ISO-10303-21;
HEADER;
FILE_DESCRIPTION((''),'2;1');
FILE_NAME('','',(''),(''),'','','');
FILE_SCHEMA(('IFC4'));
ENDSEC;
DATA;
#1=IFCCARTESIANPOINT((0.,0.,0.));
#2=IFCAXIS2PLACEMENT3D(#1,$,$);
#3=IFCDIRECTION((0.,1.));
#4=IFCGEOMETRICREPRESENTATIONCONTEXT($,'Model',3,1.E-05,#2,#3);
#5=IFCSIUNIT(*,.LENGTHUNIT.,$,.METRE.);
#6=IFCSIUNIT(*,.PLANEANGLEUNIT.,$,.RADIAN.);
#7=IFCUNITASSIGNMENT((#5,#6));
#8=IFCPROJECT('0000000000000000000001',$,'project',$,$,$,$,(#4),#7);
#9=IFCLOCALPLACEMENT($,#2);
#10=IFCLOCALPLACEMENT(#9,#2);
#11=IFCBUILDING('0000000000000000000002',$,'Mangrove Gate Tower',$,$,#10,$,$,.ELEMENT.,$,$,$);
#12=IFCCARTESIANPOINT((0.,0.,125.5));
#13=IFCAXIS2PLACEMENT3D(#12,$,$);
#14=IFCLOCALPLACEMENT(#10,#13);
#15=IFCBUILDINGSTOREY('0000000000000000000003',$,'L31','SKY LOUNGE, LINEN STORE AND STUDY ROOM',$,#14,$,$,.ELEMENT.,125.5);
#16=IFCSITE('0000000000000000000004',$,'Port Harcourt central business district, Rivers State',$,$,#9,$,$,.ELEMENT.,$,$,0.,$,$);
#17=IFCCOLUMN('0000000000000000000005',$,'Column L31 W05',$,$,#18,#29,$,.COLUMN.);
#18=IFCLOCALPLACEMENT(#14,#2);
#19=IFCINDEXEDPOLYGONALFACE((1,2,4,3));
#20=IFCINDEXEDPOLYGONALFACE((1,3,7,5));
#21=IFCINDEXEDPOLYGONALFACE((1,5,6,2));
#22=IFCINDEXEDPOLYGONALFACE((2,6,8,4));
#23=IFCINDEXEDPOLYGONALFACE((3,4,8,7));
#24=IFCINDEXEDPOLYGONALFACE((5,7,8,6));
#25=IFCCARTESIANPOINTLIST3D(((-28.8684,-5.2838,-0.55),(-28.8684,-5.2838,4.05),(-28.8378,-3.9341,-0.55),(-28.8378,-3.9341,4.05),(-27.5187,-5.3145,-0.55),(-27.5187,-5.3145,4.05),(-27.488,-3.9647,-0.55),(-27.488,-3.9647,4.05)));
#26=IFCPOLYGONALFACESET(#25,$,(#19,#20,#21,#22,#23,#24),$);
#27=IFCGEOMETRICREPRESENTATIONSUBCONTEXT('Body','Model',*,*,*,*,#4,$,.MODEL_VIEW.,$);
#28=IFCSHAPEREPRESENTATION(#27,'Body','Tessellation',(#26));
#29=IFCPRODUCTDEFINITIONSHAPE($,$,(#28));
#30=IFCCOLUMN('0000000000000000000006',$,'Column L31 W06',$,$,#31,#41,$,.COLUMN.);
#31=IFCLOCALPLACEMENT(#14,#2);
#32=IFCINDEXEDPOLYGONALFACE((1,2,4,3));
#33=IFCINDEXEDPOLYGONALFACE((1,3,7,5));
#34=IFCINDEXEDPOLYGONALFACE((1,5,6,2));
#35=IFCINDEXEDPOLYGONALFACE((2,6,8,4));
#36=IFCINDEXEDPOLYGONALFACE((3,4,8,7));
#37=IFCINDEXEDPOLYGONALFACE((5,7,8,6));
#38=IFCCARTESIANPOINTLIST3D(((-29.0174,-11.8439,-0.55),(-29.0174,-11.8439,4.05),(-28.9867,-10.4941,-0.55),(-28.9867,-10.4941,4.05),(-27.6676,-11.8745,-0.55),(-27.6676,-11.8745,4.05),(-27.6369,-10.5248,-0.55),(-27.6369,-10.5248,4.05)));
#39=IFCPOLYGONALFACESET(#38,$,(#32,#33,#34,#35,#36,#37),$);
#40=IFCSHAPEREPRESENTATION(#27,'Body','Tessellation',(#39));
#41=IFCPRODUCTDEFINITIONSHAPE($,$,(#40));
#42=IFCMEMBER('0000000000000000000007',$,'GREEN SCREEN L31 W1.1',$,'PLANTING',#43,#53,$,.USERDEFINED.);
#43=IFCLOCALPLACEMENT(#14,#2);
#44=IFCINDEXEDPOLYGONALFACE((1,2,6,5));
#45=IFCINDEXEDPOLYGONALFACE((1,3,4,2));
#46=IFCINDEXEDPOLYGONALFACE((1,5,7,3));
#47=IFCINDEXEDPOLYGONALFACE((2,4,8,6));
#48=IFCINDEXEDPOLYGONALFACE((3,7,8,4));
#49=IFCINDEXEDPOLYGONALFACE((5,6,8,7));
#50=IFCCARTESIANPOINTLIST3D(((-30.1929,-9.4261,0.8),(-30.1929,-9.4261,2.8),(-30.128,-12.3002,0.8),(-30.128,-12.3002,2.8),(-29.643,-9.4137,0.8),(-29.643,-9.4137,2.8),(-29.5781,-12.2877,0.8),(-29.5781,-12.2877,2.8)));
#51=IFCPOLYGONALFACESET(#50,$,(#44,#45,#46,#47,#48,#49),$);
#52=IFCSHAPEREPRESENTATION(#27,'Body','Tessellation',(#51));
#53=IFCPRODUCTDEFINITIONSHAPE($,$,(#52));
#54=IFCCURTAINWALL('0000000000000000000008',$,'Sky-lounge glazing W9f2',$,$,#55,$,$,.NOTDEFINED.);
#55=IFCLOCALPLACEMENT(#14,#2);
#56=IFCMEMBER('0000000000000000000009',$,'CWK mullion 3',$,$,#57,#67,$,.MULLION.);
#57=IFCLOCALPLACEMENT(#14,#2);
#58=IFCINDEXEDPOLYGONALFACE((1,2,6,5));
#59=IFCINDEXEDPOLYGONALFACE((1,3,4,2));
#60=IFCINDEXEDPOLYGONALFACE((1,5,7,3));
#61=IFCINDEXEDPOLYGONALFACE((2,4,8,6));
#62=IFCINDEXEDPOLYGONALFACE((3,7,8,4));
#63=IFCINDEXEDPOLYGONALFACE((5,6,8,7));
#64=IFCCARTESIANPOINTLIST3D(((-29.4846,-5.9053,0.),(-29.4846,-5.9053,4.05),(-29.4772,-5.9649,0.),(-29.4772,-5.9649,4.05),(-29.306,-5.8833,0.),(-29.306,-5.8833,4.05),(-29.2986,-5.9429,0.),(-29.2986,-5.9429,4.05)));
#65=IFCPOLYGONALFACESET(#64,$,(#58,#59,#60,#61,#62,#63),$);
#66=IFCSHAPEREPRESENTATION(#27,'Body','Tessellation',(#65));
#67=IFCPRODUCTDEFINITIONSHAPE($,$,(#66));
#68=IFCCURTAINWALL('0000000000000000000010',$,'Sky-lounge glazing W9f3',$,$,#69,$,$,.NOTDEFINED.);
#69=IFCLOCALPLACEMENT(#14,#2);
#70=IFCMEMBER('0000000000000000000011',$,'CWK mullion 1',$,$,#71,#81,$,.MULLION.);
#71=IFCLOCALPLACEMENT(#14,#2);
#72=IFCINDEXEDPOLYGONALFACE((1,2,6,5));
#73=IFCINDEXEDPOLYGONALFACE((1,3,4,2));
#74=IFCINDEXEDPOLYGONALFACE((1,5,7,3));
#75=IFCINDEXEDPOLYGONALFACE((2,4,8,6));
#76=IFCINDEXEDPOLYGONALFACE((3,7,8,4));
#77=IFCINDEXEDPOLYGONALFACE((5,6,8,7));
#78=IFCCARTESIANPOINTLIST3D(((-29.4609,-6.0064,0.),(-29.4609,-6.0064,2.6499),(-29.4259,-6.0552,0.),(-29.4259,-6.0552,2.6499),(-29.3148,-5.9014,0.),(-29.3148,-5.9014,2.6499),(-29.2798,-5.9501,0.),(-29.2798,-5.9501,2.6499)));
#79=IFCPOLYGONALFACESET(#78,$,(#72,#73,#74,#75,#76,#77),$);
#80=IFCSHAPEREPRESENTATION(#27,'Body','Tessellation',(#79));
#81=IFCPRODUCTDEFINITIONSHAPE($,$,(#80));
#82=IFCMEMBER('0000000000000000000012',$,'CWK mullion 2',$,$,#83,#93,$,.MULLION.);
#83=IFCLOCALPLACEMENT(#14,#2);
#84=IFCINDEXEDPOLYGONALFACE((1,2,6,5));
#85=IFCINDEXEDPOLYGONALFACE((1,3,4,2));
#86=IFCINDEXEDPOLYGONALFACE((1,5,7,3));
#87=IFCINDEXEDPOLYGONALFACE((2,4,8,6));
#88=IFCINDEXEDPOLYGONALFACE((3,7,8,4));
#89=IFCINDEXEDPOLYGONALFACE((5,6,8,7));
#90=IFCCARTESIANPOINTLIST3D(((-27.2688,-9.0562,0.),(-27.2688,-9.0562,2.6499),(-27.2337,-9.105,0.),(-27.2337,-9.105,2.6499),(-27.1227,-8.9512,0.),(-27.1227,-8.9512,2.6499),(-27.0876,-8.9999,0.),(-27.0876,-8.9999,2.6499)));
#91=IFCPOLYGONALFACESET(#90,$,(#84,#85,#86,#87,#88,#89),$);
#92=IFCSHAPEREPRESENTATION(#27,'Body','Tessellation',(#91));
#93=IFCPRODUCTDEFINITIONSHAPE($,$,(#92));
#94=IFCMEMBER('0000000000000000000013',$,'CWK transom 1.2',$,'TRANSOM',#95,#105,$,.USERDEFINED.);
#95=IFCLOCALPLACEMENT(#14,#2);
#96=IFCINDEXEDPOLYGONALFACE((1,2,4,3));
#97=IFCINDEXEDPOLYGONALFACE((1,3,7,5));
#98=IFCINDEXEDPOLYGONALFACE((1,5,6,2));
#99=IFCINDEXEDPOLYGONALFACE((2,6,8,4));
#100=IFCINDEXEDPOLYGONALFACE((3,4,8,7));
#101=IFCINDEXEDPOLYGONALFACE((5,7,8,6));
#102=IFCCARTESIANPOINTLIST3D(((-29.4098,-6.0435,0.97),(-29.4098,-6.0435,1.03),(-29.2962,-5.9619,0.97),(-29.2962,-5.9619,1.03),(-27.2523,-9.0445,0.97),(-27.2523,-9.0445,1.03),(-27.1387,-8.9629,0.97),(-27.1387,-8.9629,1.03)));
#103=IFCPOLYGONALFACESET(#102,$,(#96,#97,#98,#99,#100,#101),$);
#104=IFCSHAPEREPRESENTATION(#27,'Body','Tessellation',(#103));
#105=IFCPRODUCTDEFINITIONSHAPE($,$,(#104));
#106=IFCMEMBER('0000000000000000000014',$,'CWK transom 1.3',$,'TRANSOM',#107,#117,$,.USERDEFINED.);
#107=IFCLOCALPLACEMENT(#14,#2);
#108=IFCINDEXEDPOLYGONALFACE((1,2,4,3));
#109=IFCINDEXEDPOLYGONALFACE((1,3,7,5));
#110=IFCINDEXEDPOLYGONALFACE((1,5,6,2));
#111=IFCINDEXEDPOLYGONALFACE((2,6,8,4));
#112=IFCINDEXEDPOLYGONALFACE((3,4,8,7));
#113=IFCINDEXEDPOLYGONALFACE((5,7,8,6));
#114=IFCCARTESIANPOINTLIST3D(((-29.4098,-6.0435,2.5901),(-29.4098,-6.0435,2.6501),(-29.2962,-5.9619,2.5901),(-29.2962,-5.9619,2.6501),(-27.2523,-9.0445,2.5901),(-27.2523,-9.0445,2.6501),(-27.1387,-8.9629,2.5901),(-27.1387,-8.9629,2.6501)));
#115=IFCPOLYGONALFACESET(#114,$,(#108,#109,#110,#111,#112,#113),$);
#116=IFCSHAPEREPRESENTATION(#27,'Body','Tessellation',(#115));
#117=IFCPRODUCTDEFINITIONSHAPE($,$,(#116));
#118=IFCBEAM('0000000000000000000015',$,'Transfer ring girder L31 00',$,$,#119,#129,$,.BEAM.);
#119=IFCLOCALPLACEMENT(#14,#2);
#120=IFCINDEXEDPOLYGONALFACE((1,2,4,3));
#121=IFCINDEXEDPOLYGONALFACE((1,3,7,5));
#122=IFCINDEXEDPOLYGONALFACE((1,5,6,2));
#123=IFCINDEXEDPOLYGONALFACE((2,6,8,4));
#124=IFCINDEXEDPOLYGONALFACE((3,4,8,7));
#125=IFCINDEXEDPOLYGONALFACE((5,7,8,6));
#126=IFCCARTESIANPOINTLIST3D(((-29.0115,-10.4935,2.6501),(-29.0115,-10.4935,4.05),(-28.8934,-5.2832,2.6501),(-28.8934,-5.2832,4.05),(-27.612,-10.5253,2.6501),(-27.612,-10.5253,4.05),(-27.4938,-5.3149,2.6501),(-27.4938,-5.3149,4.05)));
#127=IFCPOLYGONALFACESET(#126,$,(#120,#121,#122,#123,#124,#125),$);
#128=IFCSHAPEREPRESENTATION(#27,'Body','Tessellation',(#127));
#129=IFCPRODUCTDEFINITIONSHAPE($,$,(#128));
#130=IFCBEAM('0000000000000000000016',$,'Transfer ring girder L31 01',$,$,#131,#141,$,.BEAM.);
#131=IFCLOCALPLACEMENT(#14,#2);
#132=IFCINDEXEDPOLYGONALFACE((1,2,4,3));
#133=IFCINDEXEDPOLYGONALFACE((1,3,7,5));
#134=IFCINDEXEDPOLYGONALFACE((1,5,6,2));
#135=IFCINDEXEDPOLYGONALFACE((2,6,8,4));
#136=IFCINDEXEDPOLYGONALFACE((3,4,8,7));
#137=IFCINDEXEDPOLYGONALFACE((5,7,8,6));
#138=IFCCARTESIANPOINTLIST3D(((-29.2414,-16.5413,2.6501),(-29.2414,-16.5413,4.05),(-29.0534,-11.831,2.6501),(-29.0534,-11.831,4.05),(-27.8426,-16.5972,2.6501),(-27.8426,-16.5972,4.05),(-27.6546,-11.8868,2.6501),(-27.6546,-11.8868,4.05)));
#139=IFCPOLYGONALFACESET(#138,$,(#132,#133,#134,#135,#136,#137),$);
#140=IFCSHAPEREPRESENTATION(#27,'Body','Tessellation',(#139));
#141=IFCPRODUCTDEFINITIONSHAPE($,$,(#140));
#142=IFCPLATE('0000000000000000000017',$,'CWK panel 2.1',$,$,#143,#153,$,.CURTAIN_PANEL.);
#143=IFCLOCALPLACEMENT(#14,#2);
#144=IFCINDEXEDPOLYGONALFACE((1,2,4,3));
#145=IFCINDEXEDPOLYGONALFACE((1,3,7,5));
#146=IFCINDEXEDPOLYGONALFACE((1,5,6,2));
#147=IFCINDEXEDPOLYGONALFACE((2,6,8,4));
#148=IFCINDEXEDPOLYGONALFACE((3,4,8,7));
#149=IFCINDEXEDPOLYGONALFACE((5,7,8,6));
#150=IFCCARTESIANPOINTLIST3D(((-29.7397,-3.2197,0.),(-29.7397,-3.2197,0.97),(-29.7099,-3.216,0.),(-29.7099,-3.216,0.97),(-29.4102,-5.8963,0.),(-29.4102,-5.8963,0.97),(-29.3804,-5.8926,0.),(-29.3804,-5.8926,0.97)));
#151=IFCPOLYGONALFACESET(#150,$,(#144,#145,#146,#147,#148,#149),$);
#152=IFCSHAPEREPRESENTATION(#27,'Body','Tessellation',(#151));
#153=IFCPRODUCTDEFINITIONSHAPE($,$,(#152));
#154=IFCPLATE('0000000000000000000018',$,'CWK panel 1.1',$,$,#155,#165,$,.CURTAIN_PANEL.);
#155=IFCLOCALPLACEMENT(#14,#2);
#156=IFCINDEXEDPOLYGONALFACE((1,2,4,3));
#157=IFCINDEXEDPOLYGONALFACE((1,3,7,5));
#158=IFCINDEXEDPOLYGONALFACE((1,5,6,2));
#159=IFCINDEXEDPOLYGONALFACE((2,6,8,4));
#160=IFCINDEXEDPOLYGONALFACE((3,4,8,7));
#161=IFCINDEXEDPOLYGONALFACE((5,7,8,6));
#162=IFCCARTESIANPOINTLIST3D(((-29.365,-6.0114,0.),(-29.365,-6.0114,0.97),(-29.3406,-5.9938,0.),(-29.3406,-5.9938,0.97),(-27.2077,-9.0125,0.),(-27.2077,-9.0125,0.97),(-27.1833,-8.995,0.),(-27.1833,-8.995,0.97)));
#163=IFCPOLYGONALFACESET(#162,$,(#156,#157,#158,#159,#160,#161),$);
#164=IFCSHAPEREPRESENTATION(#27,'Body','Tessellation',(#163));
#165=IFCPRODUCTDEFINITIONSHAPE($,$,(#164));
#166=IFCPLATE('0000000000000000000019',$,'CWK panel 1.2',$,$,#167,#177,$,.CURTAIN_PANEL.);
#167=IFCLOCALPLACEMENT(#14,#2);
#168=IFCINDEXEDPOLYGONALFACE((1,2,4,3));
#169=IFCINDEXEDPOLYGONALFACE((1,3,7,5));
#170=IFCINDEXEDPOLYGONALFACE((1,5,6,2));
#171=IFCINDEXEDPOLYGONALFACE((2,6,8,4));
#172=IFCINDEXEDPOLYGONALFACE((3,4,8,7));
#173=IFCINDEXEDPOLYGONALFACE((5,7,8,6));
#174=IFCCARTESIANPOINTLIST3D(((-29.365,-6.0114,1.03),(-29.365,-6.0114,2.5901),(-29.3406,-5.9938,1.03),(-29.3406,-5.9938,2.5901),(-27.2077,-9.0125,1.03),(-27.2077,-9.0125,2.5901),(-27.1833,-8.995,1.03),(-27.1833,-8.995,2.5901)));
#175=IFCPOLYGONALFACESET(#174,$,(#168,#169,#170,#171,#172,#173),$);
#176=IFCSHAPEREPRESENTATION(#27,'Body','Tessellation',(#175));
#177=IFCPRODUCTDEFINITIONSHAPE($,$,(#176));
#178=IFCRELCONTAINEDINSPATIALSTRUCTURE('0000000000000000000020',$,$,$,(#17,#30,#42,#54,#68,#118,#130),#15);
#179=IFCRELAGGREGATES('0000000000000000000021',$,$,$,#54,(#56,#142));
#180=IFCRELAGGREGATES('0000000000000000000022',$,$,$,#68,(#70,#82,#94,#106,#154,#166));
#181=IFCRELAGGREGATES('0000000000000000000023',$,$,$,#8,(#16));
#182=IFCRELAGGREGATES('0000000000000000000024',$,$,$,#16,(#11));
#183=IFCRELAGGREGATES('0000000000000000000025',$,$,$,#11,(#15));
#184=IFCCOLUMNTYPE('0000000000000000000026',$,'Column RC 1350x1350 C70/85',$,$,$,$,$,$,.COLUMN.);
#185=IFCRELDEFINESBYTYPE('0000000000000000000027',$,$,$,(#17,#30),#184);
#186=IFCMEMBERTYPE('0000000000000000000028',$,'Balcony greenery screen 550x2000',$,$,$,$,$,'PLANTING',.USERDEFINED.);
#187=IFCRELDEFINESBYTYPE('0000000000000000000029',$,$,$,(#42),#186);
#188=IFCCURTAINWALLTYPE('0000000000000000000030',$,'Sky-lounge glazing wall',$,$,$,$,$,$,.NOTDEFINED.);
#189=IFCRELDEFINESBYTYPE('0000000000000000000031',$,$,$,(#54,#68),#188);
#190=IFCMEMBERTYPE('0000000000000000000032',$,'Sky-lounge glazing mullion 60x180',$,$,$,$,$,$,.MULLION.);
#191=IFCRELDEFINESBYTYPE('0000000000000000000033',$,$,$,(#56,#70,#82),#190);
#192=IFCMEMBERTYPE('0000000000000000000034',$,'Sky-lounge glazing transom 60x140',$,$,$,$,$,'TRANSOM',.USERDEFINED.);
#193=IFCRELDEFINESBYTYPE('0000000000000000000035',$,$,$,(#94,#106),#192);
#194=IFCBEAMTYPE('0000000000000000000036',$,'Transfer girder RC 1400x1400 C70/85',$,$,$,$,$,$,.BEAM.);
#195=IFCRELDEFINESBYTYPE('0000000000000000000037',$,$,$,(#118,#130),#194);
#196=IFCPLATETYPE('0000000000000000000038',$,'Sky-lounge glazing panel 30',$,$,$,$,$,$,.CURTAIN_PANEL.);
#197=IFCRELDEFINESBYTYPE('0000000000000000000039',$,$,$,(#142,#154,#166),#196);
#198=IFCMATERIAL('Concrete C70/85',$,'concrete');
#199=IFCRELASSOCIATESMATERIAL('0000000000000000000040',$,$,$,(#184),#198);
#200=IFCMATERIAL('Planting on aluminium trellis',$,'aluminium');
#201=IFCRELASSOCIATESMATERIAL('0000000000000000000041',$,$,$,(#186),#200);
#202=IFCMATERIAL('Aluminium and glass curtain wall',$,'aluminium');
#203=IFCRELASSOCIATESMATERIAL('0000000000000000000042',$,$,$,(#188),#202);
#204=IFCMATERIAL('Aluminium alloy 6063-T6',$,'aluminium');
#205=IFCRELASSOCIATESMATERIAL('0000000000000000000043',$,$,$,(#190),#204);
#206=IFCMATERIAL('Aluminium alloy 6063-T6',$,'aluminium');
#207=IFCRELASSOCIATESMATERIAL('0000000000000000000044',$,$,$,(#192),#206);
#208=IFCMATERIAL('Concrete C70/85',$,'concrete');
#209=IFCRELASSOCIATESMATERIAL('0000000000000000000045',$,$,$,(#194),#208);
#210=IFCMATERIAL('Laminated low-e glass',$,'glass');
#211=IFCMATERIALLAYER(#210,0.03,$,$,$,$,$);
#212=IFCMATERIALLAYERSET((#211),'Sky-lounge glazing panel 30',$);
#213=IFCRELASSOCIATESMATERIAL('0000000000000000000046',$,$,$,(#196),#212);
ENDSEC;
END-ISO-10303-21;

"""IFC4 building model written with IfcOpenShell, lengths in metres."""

from ifc_helpers import new_model, si_unit, direction, frame, origin, origin_2d, place, context, subcontext, project, spatial, rectangle, extrude, material, layer, layer_set, material_profile, profile_set, type_object, element, aggregate, save


model = new_model("IFC4")

# Units and contexts
model_context = context("Model", 3, precision=1e-05, world=origin(), true_north=direction((0.0, 1.0)))
body_context = subcontext(model_context, "Body", "Model", "MODEL_VIEW")
ifc_project = project(units=[si_unit("LENGTHUNIT", "METRE"), si_unit("PLANEANGLEUNIT", "RADIAN")], contexts=[model_context])

# Site, building, storey
site_placement = place(None, origin())
site = spatial("IfcSite", under=ifc_project, at=site_placement, Name="Port Harcourt central business district, Rivers State", CompositionType="ELEMENT", RefElevation=0.0)
building_placement = place(site_placement, origin())
building = spatial("IfcBuilding", under=site, at=building_placement, Name="Mangrove Gate Tower", CompositionType="ELEMENT")
storey_placement = place(building_placement, frame((0.0, 0.0, 125.5)))
storey = spatial("IfcBuildingStorey", under=building, at=storey_placement, Name="L31", Description="SKY LOUNGE, LINEN STORE AND STUDY ROOM", CompositionType="ELEMENT", Elevation=125.5)

# Columns
ifc_material_1 = material(Name="Concrete C70/85", Category="concrete")
ifc_material_profile_1 = material_profile(ifc_material_1, rectangle(XDim=1.3501, YDim=1.3501, at=origin_2d()))
ifc_profile_set_1 = profile_set([ifc_material_profile_1], Name="Concrete C70/85")
column_type = type_object("IfcColumnType", Name="Column RC 1350x1350 C70/85", PredefinedType="COLUMN", material=ifc_profile_set_1)
for number, where, z_axis, x_axis, name in (
    (1, (-28.1782, -4.6243, -0.55), (0.0, 0.0, 1.0), (-0.022696, -0.999742, 0.0), "Column L31 W05"),
    (2, (-28.3271, -11.1843, -0.55), (0.0, 0.0, 1.0), (-0.022706, -0.999742, 0.0), "Column L31 W06"),
):
    element("IfcColumn", number, at=place(storey_placement, frame(where, z_axis=z_axis, x_axis=x_axis)), inside=storey, type_object=column_type, Name=name, PredefinedType="COLUMN", context=body_context, shape_type="SweptSolid", body=[
        extrude(rectangle(XDim=1.3501, YDim=1.3501, at=origin_2d()), origin(), (0.0, 0.0, 1.0), 4.6001),
    ])

# Member
ifc_material_2 = material(Name="Planting on aluminium trellis", Category="aluminium")
ifc_material_profile_2 = material_profile(ifc_material_2, rectangle(XDim=0.55, YDim=2.0, at=origin_2d()))
ifc_profile_set_2 = profile_set([ifc_material_profile_2], Name="Planting on aluminium trellis")
member_type_1 = type_object("IfcMemberType", Name="Balcony greenery screen 550x2000", ElementType="PLANTING", PredefinedType="USERDEFINED", material=ifc_profile_set_2)
member_1_placement = place(storey_placement, frame((-29.853, -12.2939, 1.8), z_axis=(-0.02259, 0.999745, 0.0), x_axis=(-0.999745, -0.02259, 0.0)))
element("IfcMember", 3, at=member_1_placement, inside=storey, type_object=member_type_1, Name="GREEN SCREEN L31 W1.1", ObjectType="PLANTING", PredefinedType="USERDEFINED", context=body_context, shape_type="SweptSolid", body=[
    extrude(rectangle(XDim=0.55, YDim=2.0, at=origin_2d()), origin(), (0.0, 0.0, 1.0), 2.8748),
])

# Curtain wall, member
ifc_material_3 = material(Name="Aluminium and glass curtain wall", Category="aluminium")
curtain_wall_type = type_object("IfcCurtainWallType", Name="Sky-lounge glazing wall", PredefinedType="NOTDEFINED", material=ifc_material_3)
curtain_wall_1_placement = place(storey_placement, origin())
curtain_wall_1 = element("IfcCurtainWall", 4, at=curtain_wall_1_placement, inside=storey, type_object=curtain_wall_type, Name="Sky-lounge glazing W9f2", PredefinedType="NOTDEFINED")
ifc_material_4 = material(Name="Aluminium alloy 6063-T6", Category="aluminium")
ifc_material_profile_3 = material_profile(ifc_material_4, rectangle(XDim=0.0601, YDim=0.1799, at=origin_2d()))
ifc_profile_set_3 = profile_set([ifc_material_profile_3], Name="Aluminium alloy 6063-T6")
member_type_2 = type_object("IfcMemberType", Name="Sky-lounge glazing mullion 60x180", PredefinedType="MULLION", material=ifc_profile_set_3)
member_2_placement = place(storey_placement, frame((-29.3916, -5.9241, 0.0), z_axis=(0.0, 0.0, 1.0), x_axis=(0.122172, -0.992509, 0.0)))
member_2 = element("IfcMember", 5, at=member_2_placement, type_object=member_type_2, Name="CWK mullion 3", PredefinedType="MULLION", context=body_context, shape_type="SweptSolid", body=[
    extrude(rectangle(XDim=0.0601, YDim=0.1799, at=origin_2d()), origin(), (0.0, 0.0, 1.0), 4.05),
])

# Curtain wall, members
curtain_wall_2_placement = place(storey_placement, origin())
curtain_wall_2 = element("IfcCurtainWall", 6, at=curtain_wall_2_placement, inside=storey, type_object=curtain_wall_type, Name="Sky-lounge glazing W9f3", PredefinedType="NOTDEFINED")
member_3_placement = place(storey_placement, frame((-29.3704, -5.9783, 0.0), z_axis=(0.0, 0.0, 1.0), x_axis=(0.58367, -0.811991, 0.0)))
member_3 = element("IfcMember", 7, at=member_3_placement, type_object=member_type_2, Name="CWK mullion 1", PredefinedType="MULLION", context=body_context, shape_type="SweptSolid", body=[
    extrude(rectangle(XDim=0.0601, YDim=0.1799, at=origin_2d()), origin(), (0.0, 0.0, 1.0), 2.6499),
])
member_4_placement = place(storey_placement, frame((-27.1782, -9.0281, 0.0), z_axis=(0.0, 0.0, 1.0), x_axis=(0.58367, -0.811991, 0.0)))
member_4 = element("IfcMember", 8, at=member_4_placement, type_object=member_type_2, Name="CWK mullion 2", PredefinedType="MULLION", context=body_context, shape_type="SweptSolid", body=[
    extrude(rectangle(XDim=0.0601, YDim=0.1799, at=origin_2d()), origin(), (0.0, 0.0, 1.0), 2.6499),
])
ifc_material_5 = material(Name="Aluminium alloy 6063-T6", Category="aluminium")
ifc_material_profile_4 = material_profile(ifc_material_5, rectangle(XDim=0.0601, YDim=0.1399, at=origin_2d()))
ifc_profile_set_4 = profile_set([ifc_material_profile_4], Name="Aluminium alloy 6063-T6")
member_type_3 = type_object("IfcMemberType", Name="Sky-lounge glazing transom 60x140", ElementType="TRANSOM", PredefinedType="USERDEFINED", material=ifc_profile_set_4)
member_5_placement = place(storey_placement, frame((-29.353, -6.0027, 1.0), z_axis=(0.583729, -0.811949, 0.0), x_axis=(0.0, 0.0, 1.0)))
member_5 = element("IfcMember", 9, at=member_5_placement, type_object=member_type_3, Name="CWK transom 1.2", ObjectType="TRANSOM", PredefinedType="USERDEFINED", context=body_context, shape_type="SweptSolid", body=[
    extrude(rectangle(XDim=0.0601, YDim=0.1399, at=origin_2d()), origin(), (0.0, 0.0, 1.0), 3.696),
])
member_6_placement = place(storey_placement, frame((-29.353, -6.0027, 2.6201), z_axis=(0.583729, -0.811949, 0.0), x_axis=(0.0, 0.0, 1.0)))
member_6 = element("IfcMember", 10, at=member_6_placement, type_object=member_type_3, Name="CWK transom 1.3", ObjectType="TRANSOM", PredefinedType="USERDEFINED", context=body_context, shape_type="SweptSolid", body=[
    extrude(rectangle(XDim=0.0601, YDim=0.1399, at=origin_2d()), origin(), (0.0, 0.0, 1.0), 3.696),
])

# Beams
ifc_material_6 = material(Name="Concrete C70/85", Category="concrete")
ifc_material_profile_5 = material_profile(ifc_material_6, rectangle(XDim=1.3999, YDim=1.3999, at=origin_2d()))
ifc_profile_set_5 = profile_set([ifc_material_profile_5], Name="Concrete C70/85")
beam_type = type_object("IfcBeamType", Name="Transfer girder RC 1400x1400 C70/85", PredefinedType="BEAM", material=ifc_profile_set_5)
beam_1_placement = place(storey_placement, frame((-28.1936, -5.2991, 3.3501), z_axis=(-0.022672, -0.999743, 0.0), x_axis=(0.999743, -0.022672, 0.0)))
element("IfcBeam", 11, at=beam_1_placement, inside=storey, type_object=beam_type, Name="Transfer ring girder L31 00", PredefinedType="BEAM", context=body_context, shape_type="SweptSolid", body=[
    extrude(rectangle(XDim=1.3999, YDim=1.3999, at=origin_2d()), origin(), (0.0, 0.0, 1.0), 5.2117),
])
beam_2_placement = place(storey_placement, frame((-28.354, -11.8589, 3.3501), z_axis=(-0.039877, -0.999205, 0.0), x_axis=(0.999205, -0.039877, 0.0)))
element("IfcBeam", 12, at=beam_2_placement, inside=storey, type_object=beam_type, Name="Transfer ring girder L31 01", PredefinedType="BEAM", context=body_context, shape_type="SweptSolid", body=[
    extrude(rectangle(XDim=1.3999, YDim=1.3999, at=origin_2d()), origin(), (0.0, 0.0, 1.0), 4.7141),
])

# Plates
ifc_material_7 = material(Name="Laminated low-e glass", Category="glass")
ifc_layer_1 = layer(ifc_material_7, 0.03)
ifc_layer_set_1 = layer_set([ifc_layer_1], Name="Sky-lounge glazing panel 30")
plate_type = type_object("IfcPlateType", Name="Sky-lounge glazing panel 30", PredefinedType="CURTAIN_PANEL", material=ifc_layer_set_1)
plate_1_placement = place(storey_placement, frame((-29.5601, -4.5562, 0.0), z_axis=(0.0, 0.0, 1.0), x_axis=(0.122172, -0.992509, 0.0)))
plate_1 = element("IfcPlate", 13, at=plate_1_placement, type_object=plate_type, Name="CWK panel 2.1", PredefinedType="CURTAIN_PANEL", context=body_context, shape_type="SweptSolid", body=[
    extrude(rectangle(XDim=2.6968, YDim=0.03, at=origin_2d()), origin(), (0.0, 0.0, 1.0), 0.97),
])
aggregate(curtain_wall_1, [member_2, plate_1])
plate_2_placement = place(storey_placement, frame((-28.2742, -7.5032, 0.0), z_axis=(0.0, 0.0, 1.0), x_axis=(0.58367, -0.811991, 0.0)))
plate_2 = element("IfcPlate", 14, at=plate_2_placement, type_object=plate_type, Name="CWK panel 1.1", PredefinedType="CURTAIN_PANEL", context=body_context, shape_type="SweptSolid", body=[
    extrude(rectangle(XDim=3.696, YDim=0.03, at=origin_2d()), origin(), (0.0, 0.0, 1.0), 0.97),
])
plate_3_placement = place(storey_placement, frame((-28.2742, -7.5032, 1.03), z_axis=(0.0, 0.0, 1.0), x_axis=(0.58367, -0.811991, 0.0)))
plate_3 = element("IfcPlate", 15, at=plate_3_placement, type_object=plate_type, Name="CWK panel 1.2", PredefinedType="CURTAIN_PANEL", context=body_context, shape_type="SweptSolid", body=[
    extrude(rectangle(XDim=3.696, YDim=0.03, at=origin_2d()), origin(), (0.0, 0.0, 1.0), 1.5601),
])
aggregate(curtain_wall_2, [member_3, member_4, member_5, member_6, plate_2, plate_3])

save(model, "model.ifc")
